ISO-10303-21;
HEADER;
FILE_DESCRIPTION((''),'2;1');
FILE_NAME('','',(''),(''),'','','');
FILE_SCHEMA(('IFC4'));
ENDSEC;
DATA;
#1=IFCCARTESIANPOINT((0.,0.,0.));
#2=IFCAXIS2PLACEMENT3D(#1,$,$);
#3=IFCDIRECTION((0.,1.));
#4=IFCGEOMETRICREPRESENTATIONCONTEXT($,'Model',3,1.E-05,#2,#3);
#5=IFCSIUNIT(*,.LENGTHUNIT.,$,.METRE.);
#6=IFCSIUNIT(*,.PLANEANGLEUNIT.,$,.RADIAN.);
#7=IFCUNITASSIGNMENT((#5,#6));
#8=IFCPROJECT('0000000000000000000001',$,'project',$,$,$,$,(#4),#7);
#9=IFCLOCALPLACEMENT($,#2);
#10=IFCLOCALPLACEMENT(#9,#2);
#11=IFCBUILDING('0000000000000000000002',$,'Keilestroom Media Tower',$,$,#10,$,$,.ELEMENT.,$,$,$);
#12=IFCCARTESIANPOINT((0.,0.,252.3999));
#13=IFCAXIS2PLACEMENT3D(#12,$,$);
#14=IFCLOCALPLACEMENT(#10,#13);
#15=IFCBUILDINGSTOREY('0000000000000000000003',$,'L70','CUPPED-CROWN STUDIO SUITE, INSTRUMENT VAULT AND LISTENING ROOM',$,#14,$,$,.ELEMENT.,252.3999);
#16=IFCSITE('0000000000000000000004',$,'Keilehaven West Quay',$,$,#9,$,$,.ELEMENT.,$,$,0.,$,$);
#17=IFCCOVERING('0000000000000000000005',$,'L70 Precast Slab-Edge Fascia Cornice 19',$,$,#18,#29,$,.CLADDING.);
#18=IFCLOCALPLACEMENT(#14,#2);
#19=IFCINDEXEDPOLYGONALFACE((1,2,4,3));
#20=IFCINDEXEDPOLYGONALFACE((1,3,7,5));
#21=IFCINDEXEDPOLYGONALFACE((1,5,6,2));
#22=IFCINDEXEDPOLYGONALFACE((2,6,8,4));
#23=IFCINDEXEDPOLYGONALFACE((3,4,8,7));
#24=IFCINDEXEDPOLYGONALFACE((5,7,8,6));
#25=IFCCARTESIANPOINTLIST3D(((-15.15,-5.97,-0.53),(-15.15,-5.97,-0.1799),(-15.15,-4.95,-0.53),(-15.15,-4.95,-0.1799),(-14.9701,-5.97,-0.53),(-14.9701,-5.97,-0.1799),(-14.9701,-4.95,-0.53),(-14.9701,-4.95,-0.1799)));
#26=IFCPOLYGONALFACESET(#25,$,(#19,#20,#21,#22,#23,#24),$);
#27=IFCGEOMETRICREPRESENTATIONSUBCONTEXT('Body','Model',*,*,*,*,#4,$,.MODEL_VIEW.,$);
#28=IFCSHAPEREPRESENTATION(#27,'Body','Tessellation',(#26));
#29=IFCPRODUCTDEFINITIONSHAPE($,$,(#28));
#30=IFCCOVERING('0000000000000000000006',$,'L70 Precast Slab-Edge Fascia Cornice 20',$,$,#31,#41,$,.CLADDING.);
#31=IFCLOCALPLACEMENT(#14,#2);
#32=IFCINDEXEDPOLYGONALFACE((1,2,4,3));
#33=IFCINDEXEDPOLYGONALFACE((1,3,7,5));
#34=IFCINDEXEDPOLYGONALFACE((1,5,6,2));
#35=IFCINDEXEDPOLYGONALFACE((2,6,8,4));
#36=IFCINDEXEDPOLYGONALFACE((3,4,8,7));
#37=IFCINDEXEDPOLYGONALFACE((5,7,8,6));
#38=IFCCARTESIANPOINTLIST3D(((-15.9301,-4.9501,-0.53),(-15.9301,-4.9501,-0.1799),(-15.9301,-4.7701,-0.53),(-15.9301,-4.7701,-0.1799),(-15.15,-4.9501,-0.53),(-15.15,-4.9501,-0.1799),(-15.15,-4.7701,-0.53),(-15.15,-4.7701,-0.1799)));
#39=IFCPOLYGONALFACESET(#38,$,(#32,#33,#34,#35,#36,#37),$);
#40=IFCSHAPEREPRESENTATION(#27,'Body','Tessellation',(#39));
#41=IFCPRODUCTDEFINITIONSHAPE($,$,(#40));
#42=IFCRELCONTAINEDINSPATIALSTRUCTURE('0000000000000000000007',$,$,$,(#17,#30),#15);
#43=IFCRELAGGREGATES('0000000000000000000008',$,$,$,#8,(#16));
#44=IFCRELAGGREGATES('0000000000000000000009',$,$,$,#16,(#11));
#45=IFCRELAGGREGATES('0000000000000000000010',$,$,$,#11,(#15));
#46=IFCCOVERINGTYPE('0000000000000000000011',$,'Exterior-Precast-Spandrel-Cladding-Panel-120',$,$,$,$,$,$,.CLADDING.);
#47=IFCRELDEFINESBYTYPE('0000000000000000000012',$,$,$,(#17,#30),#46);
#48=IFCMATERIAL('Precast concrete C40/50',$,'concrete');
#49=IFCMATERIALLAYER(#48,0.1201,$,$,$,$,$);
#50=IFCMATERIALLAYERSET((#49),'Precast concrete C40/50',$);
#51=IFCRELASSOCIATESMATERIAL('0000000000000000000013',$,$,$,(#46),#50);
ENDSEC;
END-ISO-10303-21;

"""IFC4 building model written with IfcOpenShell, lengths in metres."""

from ifc_helpers import new_model, si_unit, direction, frame, origin, origin_2d, place, context, subcontext, project, spatial, rectangle, extrude, source, transform, mapped, material, layer, layer_set, type_object, element, save


model = new_model("IFC4")

# Units and contexts
model_context = context("Model", 3, precision=1e-05, world=origin(), true_north=direction((0.0, 1.0)))
body_context = subcontext(model_context, "Body", "Model", "MODEL_VIEW")
ifc_project = project(units=[si_unit("LENGTHUNIT", "METRE"), si_unit("PLANEANGLEUNIT", "RADIAN")], contexts=[model_context])

# Site, building, storey
site_placement = place(None, origin())
site = spatial("IfcSite", under=ifc_project, at=site_placement, Name="Keilehaven West Quay", CompositionType="ELEMENT", RefElevation=0.0)
building_placement = place(site_placement, origin())
building = spatial("IfcBuilding", under=site, at=building_placement, Name="Keilestroom Media Tower", CompositionType="ELEMENT")
storey_placement = place(building_placement, frame((0.0, 0.0, 252.3999)))
storey = spatial("IfcBuildingStorey", under=building, at=storey_placement, Name="L70", Description="CUPPED-CROWN STUDIO SUITE, INSTRUMENT VAULT AND LISTENING ROOM", CompositionType="ELEMENT", Elevation=252.3999)

# Shared definitions
ifc_material_1 = material(Name="Precast concrete C40/50", Category="concrete")

# Coverings
ifc_layer_1 = layer(ifc_material_1, 0.1201)
ifc_layer_set_1 = layer_set([ifc_layer_1], Name="Precast concrete C40/50")
covering_type = type_object("IfcCoveringType", Name="Exterior-Precast-Spandrel-Cladding-Panel-120", PredefinedType="CLADDING", material=ifc_layer_set_1)
shared_shape_1 = source(origin(), body_context, "Body", "SweptSolid", [
    extrude(rectangle(XDim=1.02, YDim=0.1799, at=origin_2d()), origin(), (0.0, 0.0, 1.0), 0.3501),
])
for number, where, z_axis, x_axis, name in (
    (1, (-15.0601, -5.46, -0.53), (0.0, 0.0, 1.0), (0.0, 1.0, 0.0), "L70 Precast Slab-Edge Fascia Cornice 19"),
):
    element("IfcCovering", number, at=place(storey_placement, frame(where, z_axis=z_axis, x_axis=x_axis)), inside=storey, type_object=covering_type, Name=name, PredefinedType="CLADDING", context=body_context, shape_type="MappedRepresentation", body=[
        mapped(shared_shape_1, transform((0.0, 0.0, 0.0), x_axis=(1.0, 0.0, 0.0), y_axis=(0.0, 1.0, 0.0), z_axis=(0.0, 0.0, 1.0), scale=1.0)),
    ])
shared_shape_2 = source(origin(), body_context, "Body", "SweptSolid", [
    extrude(rectangle(XDim=0.78, YDim=0.1799, at=origin_2d()), origin(), (0.0, 0.0, 1.0), 0.3501),
])
covering_placement = place(storey_placement, frame((-15.54, -4.8601, -0.53), z_axis=(0.0, 0.0, 1.0), x_axis=(-1.0, 0.0, 0.0)))
element("IfcCovering", 2, at=covering_placement, inside=storey, type_object=covering_type, Name="L70 Precast Slab-Edge Fascia Cornice 20", PredefinedType="CLADDING", context=body_context, shape_type="MappedRepresentation", body=[
    mapped(shared_shape_2, transform((0.0, 0.0, 0.0), x_axis=(1.0, 0.0, 0.0), y_axis=(0.0, 1.0, 0.0), z_axis=(0.0, 0.0, 1.0), scale=1.0)),
])

save(model, "model.ifc")
